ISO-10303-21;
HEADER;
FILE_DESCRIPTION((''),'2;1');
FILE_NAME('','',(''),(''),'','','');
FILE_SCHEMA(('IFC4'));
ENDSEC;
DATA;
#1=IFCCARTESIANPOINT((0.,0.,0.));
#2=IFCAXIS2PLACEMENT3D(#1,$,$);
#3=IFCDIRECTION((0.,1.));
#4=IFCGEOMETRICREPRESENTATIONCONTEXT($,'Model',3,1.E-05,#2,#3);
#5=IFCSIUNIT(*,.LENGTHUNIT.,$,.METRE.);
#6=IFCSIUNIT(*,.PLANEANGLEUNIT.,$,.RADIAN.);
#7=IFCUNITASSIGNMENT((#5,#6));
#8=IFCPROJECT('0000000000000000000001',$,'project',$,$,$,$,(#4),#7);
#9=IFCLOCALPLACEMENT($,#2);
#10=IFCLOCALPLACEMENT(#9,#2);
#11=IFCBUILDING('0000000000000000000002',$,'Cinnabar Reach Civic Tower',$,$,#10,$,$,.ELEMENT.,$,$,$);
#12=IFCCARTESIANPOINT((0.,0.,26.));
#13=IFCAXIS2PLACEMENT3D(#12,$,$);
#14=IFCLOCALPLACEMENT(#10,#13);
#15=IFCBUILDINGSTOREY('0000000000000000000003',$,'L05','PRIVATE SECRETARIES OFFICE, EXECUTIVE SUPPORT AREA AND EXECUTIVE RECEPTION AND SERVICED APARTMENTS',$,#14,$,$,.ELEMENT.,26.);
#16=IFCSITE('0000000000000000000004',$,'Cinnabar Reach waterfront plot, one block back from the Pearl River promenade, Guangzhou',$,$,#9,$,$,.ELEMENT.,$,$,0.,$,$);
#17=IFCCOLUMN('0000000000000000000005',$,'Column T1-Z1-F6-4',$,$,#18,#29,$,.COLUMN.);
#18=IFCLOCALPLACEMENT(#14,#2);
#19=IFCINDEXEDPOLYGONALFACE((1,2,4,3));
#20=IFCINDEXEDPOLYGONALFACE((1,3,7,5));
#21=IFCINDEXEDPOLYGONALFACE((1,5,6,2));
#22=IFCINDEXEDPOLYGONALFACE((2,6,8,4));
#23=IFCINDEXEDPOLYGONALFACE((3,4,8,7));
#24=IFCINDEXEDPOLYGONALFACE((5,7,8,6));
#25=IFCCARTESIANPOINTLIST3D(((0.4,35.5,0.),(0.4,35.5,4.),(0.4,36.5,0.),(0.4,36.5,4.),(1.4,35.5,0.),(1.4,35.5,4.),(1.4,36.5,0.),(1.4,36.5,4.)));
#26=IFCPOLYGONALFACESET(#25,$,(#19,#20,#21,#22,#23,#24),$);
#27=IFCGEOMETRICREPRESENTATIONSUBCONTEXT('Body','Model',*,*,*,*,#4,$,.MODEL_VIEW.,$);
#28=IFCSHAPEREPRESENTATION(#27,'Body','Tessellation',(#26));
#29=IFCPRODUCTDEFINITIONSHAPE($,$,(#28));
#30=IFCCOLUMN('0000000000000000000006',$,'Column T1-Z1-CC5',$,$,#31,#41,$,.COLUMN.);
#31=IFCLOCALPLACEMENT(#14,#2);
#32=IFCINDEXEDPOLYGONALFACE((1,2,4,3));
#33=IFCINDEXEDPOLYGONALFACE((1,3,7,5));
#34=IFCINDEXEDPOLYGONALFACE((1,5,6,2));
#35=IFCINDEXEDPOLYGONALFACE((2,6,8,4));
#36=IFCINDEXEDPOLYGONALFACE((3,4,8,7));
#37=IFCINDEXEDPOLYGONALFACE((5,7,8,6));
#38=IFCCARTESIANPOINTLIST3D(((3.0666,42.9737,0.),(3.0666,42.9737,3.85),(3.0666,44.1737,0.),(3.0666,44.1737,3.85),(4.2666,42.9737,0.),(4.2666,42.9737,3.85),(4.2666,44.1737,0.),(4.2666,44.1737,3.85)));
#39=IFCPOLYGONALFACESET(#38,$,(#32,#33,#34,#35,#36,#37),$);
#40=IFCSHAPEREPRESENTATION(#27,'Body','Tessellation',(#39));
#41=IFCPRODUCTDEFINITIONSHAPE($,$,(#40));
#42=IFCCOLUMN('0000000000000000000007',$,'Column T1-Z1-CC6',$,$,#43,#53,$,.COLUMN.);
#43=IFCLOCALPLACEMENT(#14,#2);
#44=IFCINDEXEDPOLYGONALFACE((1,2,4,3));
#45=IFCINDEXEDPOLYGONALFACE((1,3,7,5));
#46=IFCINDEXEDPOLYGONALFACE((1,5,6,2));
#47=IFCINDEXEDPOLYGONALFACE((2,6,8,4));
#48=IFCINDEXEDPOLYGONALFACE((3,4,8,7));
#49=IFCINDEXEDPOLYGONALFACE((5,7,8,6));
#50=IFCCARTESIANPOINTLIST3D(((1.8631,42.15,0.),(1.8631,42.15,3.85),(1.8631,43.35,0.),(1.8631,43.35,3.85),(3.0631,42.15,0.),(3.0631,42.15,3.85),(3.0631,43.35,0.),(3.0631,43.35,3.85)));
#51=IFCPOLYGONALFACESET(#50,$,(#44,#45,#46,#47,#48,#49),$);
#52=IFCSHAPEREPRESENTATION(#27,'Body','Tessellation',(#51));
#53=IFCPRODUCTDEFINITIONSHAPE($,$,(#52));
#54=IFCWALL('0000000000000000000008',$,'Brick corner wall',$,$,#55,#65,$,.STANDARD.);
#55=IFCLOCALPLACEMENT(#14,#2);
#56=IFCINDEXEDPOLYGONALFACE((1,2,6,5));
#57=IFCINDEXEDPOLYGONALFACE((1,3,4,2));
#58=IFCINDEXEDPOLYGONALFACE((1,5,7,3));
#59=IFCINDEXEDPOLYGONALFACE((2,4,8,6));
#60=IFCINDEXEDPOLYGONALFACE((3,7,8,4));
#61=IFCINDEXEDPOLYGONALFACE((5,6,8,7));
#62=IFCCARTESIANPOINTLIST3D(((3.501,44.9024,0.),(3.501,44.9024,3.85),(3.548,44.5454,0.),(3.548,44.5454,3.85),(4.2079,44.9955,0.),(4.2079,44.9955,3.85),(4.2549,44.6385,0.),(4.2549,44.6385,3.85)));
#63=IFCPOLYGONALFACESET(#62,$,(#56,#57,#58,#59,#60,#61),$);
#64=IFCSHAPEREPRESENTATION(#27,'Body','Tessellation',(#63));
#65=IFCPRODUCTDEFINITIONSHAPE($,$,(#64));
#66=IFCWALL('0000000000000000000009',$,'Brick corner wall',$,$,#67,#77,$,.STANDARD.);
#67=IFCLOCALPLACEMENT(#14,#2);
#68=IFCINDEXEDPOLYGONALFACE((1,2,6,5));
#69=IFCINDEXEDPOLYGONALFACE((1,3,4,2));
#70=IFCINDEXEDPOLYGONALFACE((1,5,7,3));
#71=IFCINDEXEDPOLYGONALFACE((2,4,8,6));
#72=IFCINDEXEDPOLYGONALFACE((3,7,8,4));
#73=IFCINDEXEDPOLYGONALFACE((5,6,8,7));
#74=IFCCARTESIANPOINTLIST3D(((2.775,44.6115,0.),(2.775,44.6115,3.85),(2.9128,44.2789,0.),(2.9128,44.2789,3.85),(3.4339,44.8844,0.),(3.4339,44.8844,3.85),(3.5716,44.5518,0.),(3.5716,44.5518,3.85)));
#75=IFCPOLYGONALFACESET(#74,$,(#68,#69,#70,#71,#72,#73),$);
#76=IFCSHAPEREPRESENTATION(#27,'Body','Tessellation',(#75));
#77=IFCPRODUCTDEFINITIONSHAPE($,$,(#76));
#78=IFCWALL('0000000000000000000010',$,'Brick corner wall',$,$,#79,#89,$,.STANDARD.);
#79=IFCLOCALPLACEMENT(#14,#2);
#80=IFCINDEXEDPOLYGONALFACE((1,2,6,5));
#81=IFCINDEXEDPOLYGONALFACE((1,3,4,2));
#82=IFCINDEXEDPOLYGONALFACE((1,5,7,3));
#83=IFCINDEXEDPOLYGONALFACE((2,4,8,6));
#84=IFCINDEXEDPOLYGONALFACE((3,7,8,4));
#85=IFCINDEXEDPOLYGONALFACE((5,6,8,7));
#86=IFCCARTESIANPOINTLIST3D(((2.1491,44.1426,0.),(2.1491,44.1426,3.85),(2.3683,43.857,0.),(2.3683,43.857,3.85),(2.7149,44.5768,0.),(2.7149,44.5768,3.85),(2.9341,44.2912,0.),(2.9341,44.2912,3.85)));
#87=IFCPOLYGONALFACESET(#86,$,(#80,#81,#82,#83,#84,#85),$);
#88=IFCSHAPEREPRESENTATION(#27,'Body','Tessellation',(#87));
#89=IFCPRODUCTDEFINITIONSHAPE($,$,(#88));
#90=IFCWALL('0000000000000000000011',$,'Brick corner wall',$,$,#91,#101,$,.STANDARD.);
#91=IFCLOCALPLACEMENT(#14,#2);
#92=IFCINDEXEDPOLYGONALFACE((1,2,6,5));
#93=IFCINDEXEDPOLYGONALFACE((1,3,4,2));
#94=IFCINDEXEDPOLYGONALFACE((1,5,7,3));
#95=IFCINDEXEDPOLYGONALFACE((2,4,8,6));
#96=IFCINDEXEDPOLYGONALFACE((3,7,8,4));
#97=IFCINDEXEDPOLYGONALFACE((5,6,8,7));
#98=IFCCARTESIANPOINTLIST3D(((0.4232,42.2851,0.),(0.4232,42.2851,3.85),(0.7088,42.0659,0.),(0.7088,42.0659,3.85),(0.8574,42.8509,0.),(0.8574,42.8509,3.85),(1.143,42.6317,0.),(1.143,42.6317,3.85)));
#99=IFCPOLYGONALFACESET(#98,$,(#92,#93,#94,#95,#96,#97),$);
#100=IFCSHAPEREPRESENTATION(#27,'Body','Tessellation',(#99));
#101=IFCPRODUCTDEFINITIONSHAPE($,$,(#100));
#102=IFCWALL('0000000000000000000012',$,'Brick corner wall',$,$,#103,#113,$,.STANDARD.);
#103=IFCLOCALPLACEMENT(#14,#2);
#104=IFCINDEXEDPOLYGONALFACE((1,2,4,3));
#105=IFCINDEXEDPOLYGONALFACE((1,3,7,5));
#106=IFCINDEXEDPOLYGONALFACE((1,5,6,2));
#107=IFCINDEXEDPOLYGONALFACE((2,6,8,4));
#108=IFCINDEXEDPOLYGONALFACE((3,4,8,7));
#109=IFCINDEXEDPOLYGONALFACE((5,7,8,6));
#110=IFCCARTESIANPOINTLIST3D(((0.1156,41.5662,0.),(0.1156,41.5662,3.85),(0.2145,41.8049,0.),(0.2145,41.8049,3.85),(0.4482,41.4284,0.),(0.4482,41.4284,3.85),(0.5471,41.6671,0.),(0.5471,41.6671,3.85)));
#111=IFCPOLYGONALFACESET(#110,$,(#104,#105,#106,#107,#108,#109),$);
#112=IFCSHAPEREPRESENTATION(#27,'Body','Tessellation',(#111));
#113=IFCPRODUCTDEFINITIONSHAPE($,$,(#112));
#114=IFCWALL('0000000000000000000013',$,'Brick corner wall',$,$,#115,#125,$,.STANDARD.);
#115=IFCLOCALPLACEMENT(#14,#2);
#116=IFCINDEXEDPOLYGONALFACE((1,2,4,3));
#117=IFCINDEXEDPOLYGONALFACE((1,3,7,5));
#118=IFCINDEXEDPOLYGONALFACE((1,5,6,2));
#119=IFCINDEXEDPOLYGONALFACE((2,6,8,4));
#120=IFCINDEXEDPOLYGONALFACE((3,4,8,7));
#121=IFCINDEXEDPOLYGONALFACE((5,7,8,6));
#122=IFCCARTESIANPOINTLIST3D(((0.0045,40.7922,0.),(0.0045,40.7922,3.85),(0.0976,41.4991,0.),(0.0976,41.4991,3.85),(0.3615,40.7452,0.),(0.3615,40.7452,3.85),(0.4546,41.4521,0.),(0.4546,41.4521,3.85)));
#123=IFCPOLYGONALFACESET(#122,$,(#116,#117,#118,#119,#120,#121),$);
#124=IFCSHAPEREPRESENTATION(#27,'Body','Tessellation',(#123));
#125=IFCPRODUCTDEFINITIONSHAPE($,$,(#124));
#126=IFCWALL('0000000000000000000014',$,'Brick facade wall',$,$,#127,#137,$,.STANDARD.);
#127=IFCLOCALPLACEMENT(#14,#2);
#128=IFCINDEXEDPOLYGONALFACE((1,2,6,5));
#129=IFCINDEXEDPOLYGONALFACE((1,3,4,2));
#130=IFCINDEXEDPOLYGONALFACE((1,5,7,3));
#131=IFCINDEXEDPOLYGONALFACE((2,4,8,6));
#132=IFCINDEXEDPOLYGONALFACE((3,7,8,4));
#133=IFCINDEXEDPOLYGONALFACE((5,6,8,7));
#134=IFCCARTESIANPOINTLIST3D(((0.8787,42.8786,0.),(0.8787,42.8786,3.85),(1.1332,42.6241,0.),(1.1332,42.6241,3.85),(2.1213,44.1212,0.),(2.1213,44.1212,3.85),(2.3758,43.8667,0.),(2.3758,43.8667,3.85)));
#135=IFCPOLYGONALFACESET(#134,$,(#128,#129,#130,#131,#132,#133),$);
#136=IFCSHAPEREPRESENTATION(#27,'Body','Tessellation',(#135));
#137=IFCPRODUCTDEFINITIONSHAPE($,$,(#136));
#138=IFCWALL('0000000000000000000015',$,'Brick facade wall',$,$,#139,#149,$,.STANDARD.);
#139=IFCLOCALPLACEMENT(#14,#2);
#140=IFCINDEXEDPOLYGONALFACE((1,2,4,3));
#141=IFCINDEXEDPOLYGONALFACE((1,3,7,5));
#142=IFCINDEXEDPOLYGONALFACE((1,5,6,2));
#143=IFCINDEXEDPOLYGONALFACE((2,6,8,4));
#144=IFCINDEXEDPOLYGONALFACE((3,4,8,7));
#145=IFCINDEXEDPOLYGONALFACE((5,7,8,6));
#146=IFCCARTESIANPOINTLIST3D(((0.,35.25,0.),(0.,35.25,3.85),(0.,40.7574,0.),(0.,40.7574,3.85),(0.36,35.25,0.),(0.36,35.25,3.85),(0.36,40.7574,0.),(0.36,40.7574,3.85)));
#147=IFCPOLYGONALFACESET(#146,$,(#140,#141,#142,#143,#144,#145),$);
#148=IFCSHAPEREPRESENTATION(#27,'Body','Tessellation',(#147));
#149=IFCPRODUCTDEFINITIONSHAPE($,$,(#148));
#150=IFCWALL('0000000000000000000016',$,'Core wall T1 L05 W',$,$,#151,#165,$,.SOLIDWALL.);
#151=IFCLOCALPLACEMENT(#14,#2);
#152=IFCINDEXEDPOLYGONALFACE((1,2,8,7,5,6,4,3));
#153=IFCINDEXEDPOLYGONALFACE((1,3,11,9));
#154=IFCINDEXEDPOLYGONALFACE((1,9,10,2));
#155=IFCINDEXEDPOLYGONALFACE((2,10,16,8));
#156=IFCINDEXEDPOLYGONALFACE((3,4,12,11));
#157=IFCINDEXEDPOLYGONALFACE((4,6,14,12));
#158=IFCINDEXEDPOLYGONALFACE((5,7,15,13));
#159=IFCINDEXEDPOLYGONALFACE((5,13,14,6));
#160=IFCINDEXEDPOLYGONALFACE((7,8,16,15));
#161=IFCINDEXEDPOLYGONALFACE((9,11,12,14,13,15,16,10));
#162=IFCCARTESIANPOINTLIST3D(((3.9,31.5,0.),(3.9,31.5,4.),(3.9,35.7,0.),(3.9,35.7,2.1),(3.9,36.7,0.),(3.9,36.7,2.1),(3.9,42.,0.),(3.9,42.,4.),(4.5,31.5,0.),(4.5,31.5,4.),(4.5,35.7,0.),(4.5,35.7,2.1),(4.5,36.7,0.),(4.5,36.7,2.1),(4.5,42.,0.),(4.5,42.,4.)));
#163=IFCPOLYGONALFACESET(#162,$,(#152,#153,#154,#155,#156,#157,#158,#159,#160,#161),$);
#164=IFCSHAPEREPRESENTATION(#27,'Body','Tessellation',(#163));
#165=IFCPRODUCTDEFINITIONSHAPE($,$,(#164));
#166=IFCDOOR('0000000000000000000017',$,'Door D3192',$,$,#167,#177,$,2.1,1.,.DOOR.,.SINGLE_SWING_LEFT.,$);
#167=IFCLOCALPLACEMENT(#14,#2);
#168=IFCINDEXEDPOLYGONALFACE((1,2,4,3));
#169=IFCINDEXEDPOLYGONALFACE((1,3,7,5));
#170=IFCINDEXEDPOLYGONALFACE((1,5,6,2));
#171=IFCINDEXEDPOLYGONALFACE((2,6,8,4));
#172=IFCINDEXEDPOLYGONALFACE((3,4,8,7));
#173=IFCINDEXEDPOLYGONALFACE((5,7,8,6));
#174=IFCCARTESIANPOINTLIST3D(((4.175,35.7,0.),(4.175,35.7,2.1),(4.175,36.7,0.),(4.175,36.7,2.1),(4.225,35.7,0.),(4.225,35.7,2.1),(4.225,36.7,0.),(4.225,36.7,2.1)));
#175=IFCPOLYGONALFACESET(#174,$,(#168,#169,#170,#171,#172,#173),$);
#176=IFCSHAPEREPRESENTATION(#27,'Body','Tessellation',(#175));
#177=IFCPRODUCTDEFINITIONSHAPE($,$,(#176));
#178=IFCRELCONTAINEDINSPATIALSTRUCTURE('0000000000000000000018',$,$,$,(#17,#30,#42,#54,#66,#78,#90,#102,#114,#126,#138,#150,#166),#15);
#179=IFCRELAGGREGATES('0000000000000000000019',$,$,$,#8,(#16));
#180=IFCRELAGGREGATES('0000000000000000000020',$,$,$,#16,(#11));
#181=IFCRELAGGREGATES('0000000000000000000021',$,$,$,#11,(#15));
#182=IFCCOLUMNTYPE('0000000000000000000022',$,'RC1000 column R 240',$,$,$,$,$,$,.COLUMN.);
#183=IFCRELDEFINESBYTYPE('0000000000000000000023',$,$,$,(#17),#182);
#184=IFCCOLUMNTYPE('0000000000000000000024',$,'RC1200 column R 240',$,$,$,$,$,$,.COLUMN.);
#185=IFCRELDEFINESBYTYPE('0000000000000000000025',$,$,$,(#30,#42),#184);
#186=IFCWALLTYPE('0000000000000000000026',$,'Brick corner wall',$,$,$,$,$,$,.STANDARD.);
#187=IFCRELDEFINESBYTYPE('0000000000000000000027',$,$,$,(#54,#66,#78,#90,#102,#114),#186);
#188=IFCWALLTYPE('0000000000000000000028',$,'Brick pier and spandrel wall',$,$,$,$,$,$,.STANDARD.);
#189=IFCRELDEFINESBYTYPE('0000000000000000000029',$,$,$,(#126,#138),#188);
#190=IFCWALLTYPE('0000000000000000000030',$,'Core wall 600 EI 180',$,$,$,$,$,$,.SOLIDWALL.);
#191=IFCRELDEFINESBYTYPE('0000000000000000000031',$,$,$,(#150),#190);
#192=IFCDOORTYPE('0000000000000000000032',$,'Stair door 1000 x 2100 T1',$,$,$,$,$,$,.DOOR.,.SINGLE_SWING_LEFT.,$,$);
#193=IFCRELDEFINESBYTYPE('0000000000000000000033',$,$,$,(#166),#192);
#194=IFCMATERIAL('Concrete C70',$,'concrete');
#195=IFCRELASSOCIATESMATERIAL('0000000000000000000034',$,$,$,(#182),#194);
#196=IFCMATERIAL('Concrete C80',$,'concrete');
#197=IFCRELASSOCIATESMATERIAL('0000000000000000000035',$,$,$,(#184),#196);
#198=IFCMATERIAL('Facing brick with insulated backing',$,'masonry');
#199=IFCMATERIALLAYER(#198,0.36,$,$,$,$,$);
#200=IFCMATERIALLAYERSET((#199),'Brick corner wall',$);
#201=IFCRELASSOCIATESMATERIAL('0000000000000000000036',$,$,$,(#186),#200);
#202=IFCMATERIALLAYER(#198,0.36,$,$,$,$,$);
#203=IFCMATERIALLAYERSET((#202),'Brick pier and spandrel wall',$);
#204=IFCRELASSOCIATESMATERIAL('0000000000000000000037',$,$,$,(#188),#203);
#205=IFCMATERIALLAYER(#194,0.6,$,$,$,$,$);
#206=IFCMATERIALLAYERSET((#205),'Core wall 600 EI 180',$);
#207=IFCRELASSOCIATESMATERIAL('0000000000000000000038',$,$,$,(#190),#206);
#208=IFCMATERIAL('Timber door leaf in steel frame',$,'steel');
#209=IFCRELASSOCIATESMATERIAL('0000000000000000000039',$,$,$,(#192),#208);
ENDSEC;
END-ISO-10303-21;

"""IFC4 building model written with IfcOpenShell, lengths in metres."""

from ifc_helpers import new_model, si_unit, direction, frame, frame_2d, origin, origin_2d, place, context, subcontext, project, spatial, rectangle, extrude, material, layer, layer_set, material_profile, profile_set, type_object, element, fill, save


model = new_model("IFC4")

# Units and contexts
model_context = context("Model", 3, precision=1e-05, world=origin(), true_north=direction((0.0, 1.0)))
body_context = subcontext(model_context, "Body", "Model", "MODEL_VIEW")
ifc_project = project(units=[si_unit("LENGTHUNIT", "METRE"), si_unit("PLANEANGLEUNIT", "RADIAN")], contexts=[model_context])

# Site, building, storey
site_placement = place(None, origin())
site = spatial("IfcSite", under=ifc_project, at=site_placement, Name="Cinnabar Reach waterfront plot, one block back from the Pearl River promenade, Guangzhou", CompositionType="ELEMENT", RefElevation=0.0)
building_placement = place(site_placement, origin())
building = spatial("IfcBuilding", under=site, at=building_placement, Name="Cinnabar Reach Civic Tower", CompositionType="ELEMENT")
storey_placement = place(building_placement, frame((0.0, 0.0, 26.0)))
storey = spatial("IfcBuildingStorey", under=building, at=storey_placement, Name="L05", Description="PRIVATE SECRETARIES OFFICE, EXECUTIVE SUPPORT AREA AND EXECUTIVE RECEPTION AND SERVICED APARTMENTS", CompositionType="ELEMENT", Elevation=26.0)

# Columns
ifc_material_1 = material(Name="Concrete C70", Category="concrete")
ifc_material_profile_1 = material_profile(ifc_material_1, rectangle(XDim=1.0, YDim=1.0, at=origin_2d()), Name="RC1000")
ifc_profile_set_1 = profile_set([ifc_material_profile_1], Name="Concrete C70")
column_type_1 = type_object("IfcColumnType", Name="RC1000 column R 240", PredefinedType="COLUMN", material=ifc_profile_set_1)
column_placement = place(storey_placement, frame((0.9, 36.0, 0.0), z_axis=(0.0, 0.0, 1.0), x_axis=(1.0, 0.0, 0.0)))
element("IfcColumn", 1, at=column_placement, inside=storey, type_object=column_type_1, Name="Column T1-Z1-F6-4", PredefinedType="COLUMN", context=body_context, shape_type="SweptSolid", body=[
    extrude(rectangle(XDim=1.0, YDim=1.0, at=origin_2d()), origin(), (0.0, 0.0, 1.0), 4.0),
])
ifc_material_2 = material(Name="Concrete C80", Category="concrete")
ifc_material_profile_2 = material_profile(ifc_material_2, rectangle(XDim=1.2, YDim=1.2, at=origin_2d()), Name="RC1200")
ifc_profile_set_2 = profile_set([ifc_material_profile_2], Name="Concrete C80")
column_type_2 = type_object("IfcColumnType", Name="RC1200 column R 240", PredefinedType="COLUMN", material=ifc_profile_set_2)
for number, where, z_axis, x_axis, name in (
    (2, (3.6666, 43.5737, 0.0), (0.0, 0.0, 1.0), (1.0, 0.0, 0.0), "Column T1-Z1-CC5"),
    (3, (2.4631, 42.75, 0.0), (0.0, 0.0, 1.0), (1.0, 0.0, 0.0), "Column T1-Z1-CC6"),
):
    element("IfcColumn", number, at=place(storey_placement, frame(where, z_axis=z_axis, x_axis=x_axis)), inside=storey, type_object=column_type_2, Name=name, PredefinedType="COLUMN", context=body_context, shape_type="SweptSolid", body=[
        extrude(rectangle(XDim=1.2, YDim=1.2, at=origin_2d()), origin(), (0.0, 0.0, 1.0), 3.85),
    ])

# Walls
ifc_material_3 = material(Name="Facing brick with insulated backing", Category="masonry")
ifc_layer_1 = layer(ifc_material_3, 0.36)
ifc_layer_set_1 = layer_set([ifc_layer_1], Name="Brick corner wall")
wall_type_1 = type_object("IfcWallType", Name="Brick corner wall", PredefinedType="STANDARD", material=ifc_layer_set_1)
for number, where, z_axis, x_axis, name in (
    (4, (4.2314, 44.817, 0.0), (0.0, 0.0, 1.0), (-0.991441, -0.130556, 0.0), "Brick corner wall"),
    (5, (3.5027, 44.7181, 0.0), (0.0, 0.0, 1.0), (-0.923872, -0.382703, 0.0), "Brick corner wall"),
):
    element("IfcWall", number, at=place(storey_placement, frame(where, z_axis=z_axis, x_axis=x_axis)), inside=storey, type_object=wall_type_1, Name=name, PredefinedType="STANDARD", context=body_context, shape_type="SweptSolid", body=[
        extrude(rectangle(XDim=0.7131, YDim=0.36, at=frame_2d((0.3565, 0.0))), origin(), (0.0, 0.0, 1.0), 3.85),
    ])
for number, where, z_axis, x_axis, name in (
    (6, (2.8245, 44.434, 0.0), (0.0, 0.0, 1.0), (-0.793322, -0.608802, 0.0), "Brick corner wall"),
    (7, (1.0002, 42.7413, 0.0), (0.0, 0.0, 1.0), (-0.608802, -0.793322, 0.0), "Brick corner wall"),
):
    element("IfcWall", number, at=place(storey_placement, frame(where, z_axis=z_axis, x_axis=x_axis)), inside=storey, type_object=wall_type_1, Name=name, PredefinedType="STANDARD", context=body_context, shape_type="SweptSolid", body=[
        extrude(rectangle(XDim=0.7132, YDim=0.36, at=frame_2d((0.3566, 0.0))), origin(), (0.0, 0.0, 1.0), 3.85),
    ])
wall_1_placement = place(storey_placement, frame((0.3808, 41.736, 0.0), z_axis=(0.0, 0.0, 1.0), x_axis=(-0.382773, -0.923842, 0.0)))
element("IfcWall", 8, at=wall_1_placement, inside=storey, type_object=wall_type_1, Name="Brick corner wall", PredefinedType="STANDARD", context=body_context, shape_type="SweptSolid", body=[
    extrude(rectangle(XDim=0.2584, YDim=0.36, at=frame_2d((0.1292, 0.0))), origin(), (0.0, 0.0, 1.0), 3.85),
])
wall_2_placement = place(storey_placement, frame((0.2761, 41.4756, 0.0), z_axis=(0.0, 0.0, 1.0), x_axis=(-0.130556, -0.991441, 0.0)))
element("IfcWall", 9, at=wall_2_placement, inside=storey, type_object=wall_type_1, Name="Brick corner wall", PredefinedType="STANDARD", context=body_context, shape_type="SweptSolid", body=[
    extrude(rectangle(XDim=0.7131, YDim=0.36, at=frame_2d((0.3565, 0.0))), origin(), (0.0, 0.0, 1.0), 3.85),
])
ifc_layer_2 = layer(ifc_material_3, 0.36)
ifc_layer_set_2 = layer_set([ifc_layer_2], Name="Brick pier and spandrel wall")
wall_type_2 = type_object("IfcWallType", Name="Brick pier and spandrel wall", PredefinedType="STANDARD", material=ifc_layer_set_2)
wall_3_placement = place(storey_placement, frame((2.2486, 43.994, 0.0), z_axis=(0.0, 0.0, 1.0), x_axis=(-0.707107, -0.707107, 0.0)))
element("IfcWall", 10, at=wall_3_placement, inside=storey, type_object=wall_type_2, Name="Brick facade wall", PredefinedType="STANDARD", context=body_context, shape_type="SweptSolid", body=[
    extrude(rectangle(XDim=1.7573, YDim=0.36, at=frame_2d((0.8787, 0.0))), origin(), (0.0, 0.0, 1.0), 3.85),
])
wall_4_placement = place(storey_placement, frame((0.18, 40.7574, 0.0), z_axis=(0.0, 0.0, 1.0), x_axis=(0.0, -1.0, 0.0)))
element("IfcWall", 11, at=wall_4_placement, inside=storey, type_object=wall_type_2, Name="Brick facade wall", PredefinedType="STANDARD", context=body_context, shape_type="SweptSolid", body=[
    extrude(rectangle(XDim=5.5074, YDim=0.36, at=frame_2d((2.7537, 0.0))), origin(), (0.0, 0.0, 1.0), 3.85),
])

# Wall, opening, door
ifc_layer_3 = layer(ifc_material_1, 0.6)
ifc_layer_set_3 = layer_set([ifc_layer_3], Name="Core wall 600 EI 180")
wall_type_3 = type_object("IfcWallType", Name="Core wall 600 EI 180", PredefinedType="SOLIDWALL", material=ifc_layer_set_3)
wall_5_placement = place(storey_placement, frame((4.2, 42.0, 0.0), z_axis=(0.0, 0.0, 1.0), x_axis=(0.0, -1.0, 0.0)))
wall_5 = element("IfcWall", 12, at=wall_5_placement, inside=storey, type_object=wall_type_3, Name="Core wall T1 L05 W", PredefinedType="SOLIDWALL", context=body_context, shape_type="SweptSolid", body=[
    extrude(rectangle(XDim=10.5, YDim=0.6, at=frame_2d((5.25, 0.0))), origin(), (0.0, 0.0, 1.0), 4.0),
])
opening_1_placement = place(wall_5_placement, frame((5.3, 0.0, 0.0)))
opening_1 = element("IfcOpeningElement", 13, at=opening_1_placement, cuts=wall_5, PredefinedType="OPENING", context=body_context, shape_type="SweptSolid", body=[
    extrude(rectangle(XDim=1.0, YDim=2.1, at=frame_2d((0.5, 1.05))), frame((0.0, 0.31, 0.0), z_axis=(0.0, -1.0, 0.0), x_axis=(1.0, 0.0, 0.0)), (0.0, 0.0, 1.0), 0.62),
])
ifc_material_4 = material(Name="Timber door leaf in steel frame", Category="steel")
door_type_1 = type_object("IfcDoorType", Name="Stair door 1000 x 2100 T1", OperationType="SINGLE_SWING_LEFT", PredefinedType="DOOR", material=ifc_material_4)
door_1_placement = place(opening_1_placement, frame((1.0, 0.0, 0.0), z_axis=(0.0, 0.0, 1.0), x_axis=(-1.0, 0.0, 0.0)))
door_1 = element("IfcDoor", 14, at=door_1_placement, inside=storey, type_object=door_type_1, Name="Door D3192", OperationType="SINGLE_SWING_LEFT", OverallHeight=2.1, OverallWidth=1.0, PredefinedType="DOOR", context=body_context, shape_type="SweptSolid", body=[
    extrude(rectangle(XDim=1.0, YDim=2.1, at=frame_2d((0.5, 1.05))), frame((0.0, 0.025, 0.0), z_axis=(0.0, -1.0, 0.0), x_axis=(1.0, 0.0, 0.0)), (0.0, 0.0, 1.0), 0.05),
])
fill(opening_1, door_1)

save(model, "model.ifc")
